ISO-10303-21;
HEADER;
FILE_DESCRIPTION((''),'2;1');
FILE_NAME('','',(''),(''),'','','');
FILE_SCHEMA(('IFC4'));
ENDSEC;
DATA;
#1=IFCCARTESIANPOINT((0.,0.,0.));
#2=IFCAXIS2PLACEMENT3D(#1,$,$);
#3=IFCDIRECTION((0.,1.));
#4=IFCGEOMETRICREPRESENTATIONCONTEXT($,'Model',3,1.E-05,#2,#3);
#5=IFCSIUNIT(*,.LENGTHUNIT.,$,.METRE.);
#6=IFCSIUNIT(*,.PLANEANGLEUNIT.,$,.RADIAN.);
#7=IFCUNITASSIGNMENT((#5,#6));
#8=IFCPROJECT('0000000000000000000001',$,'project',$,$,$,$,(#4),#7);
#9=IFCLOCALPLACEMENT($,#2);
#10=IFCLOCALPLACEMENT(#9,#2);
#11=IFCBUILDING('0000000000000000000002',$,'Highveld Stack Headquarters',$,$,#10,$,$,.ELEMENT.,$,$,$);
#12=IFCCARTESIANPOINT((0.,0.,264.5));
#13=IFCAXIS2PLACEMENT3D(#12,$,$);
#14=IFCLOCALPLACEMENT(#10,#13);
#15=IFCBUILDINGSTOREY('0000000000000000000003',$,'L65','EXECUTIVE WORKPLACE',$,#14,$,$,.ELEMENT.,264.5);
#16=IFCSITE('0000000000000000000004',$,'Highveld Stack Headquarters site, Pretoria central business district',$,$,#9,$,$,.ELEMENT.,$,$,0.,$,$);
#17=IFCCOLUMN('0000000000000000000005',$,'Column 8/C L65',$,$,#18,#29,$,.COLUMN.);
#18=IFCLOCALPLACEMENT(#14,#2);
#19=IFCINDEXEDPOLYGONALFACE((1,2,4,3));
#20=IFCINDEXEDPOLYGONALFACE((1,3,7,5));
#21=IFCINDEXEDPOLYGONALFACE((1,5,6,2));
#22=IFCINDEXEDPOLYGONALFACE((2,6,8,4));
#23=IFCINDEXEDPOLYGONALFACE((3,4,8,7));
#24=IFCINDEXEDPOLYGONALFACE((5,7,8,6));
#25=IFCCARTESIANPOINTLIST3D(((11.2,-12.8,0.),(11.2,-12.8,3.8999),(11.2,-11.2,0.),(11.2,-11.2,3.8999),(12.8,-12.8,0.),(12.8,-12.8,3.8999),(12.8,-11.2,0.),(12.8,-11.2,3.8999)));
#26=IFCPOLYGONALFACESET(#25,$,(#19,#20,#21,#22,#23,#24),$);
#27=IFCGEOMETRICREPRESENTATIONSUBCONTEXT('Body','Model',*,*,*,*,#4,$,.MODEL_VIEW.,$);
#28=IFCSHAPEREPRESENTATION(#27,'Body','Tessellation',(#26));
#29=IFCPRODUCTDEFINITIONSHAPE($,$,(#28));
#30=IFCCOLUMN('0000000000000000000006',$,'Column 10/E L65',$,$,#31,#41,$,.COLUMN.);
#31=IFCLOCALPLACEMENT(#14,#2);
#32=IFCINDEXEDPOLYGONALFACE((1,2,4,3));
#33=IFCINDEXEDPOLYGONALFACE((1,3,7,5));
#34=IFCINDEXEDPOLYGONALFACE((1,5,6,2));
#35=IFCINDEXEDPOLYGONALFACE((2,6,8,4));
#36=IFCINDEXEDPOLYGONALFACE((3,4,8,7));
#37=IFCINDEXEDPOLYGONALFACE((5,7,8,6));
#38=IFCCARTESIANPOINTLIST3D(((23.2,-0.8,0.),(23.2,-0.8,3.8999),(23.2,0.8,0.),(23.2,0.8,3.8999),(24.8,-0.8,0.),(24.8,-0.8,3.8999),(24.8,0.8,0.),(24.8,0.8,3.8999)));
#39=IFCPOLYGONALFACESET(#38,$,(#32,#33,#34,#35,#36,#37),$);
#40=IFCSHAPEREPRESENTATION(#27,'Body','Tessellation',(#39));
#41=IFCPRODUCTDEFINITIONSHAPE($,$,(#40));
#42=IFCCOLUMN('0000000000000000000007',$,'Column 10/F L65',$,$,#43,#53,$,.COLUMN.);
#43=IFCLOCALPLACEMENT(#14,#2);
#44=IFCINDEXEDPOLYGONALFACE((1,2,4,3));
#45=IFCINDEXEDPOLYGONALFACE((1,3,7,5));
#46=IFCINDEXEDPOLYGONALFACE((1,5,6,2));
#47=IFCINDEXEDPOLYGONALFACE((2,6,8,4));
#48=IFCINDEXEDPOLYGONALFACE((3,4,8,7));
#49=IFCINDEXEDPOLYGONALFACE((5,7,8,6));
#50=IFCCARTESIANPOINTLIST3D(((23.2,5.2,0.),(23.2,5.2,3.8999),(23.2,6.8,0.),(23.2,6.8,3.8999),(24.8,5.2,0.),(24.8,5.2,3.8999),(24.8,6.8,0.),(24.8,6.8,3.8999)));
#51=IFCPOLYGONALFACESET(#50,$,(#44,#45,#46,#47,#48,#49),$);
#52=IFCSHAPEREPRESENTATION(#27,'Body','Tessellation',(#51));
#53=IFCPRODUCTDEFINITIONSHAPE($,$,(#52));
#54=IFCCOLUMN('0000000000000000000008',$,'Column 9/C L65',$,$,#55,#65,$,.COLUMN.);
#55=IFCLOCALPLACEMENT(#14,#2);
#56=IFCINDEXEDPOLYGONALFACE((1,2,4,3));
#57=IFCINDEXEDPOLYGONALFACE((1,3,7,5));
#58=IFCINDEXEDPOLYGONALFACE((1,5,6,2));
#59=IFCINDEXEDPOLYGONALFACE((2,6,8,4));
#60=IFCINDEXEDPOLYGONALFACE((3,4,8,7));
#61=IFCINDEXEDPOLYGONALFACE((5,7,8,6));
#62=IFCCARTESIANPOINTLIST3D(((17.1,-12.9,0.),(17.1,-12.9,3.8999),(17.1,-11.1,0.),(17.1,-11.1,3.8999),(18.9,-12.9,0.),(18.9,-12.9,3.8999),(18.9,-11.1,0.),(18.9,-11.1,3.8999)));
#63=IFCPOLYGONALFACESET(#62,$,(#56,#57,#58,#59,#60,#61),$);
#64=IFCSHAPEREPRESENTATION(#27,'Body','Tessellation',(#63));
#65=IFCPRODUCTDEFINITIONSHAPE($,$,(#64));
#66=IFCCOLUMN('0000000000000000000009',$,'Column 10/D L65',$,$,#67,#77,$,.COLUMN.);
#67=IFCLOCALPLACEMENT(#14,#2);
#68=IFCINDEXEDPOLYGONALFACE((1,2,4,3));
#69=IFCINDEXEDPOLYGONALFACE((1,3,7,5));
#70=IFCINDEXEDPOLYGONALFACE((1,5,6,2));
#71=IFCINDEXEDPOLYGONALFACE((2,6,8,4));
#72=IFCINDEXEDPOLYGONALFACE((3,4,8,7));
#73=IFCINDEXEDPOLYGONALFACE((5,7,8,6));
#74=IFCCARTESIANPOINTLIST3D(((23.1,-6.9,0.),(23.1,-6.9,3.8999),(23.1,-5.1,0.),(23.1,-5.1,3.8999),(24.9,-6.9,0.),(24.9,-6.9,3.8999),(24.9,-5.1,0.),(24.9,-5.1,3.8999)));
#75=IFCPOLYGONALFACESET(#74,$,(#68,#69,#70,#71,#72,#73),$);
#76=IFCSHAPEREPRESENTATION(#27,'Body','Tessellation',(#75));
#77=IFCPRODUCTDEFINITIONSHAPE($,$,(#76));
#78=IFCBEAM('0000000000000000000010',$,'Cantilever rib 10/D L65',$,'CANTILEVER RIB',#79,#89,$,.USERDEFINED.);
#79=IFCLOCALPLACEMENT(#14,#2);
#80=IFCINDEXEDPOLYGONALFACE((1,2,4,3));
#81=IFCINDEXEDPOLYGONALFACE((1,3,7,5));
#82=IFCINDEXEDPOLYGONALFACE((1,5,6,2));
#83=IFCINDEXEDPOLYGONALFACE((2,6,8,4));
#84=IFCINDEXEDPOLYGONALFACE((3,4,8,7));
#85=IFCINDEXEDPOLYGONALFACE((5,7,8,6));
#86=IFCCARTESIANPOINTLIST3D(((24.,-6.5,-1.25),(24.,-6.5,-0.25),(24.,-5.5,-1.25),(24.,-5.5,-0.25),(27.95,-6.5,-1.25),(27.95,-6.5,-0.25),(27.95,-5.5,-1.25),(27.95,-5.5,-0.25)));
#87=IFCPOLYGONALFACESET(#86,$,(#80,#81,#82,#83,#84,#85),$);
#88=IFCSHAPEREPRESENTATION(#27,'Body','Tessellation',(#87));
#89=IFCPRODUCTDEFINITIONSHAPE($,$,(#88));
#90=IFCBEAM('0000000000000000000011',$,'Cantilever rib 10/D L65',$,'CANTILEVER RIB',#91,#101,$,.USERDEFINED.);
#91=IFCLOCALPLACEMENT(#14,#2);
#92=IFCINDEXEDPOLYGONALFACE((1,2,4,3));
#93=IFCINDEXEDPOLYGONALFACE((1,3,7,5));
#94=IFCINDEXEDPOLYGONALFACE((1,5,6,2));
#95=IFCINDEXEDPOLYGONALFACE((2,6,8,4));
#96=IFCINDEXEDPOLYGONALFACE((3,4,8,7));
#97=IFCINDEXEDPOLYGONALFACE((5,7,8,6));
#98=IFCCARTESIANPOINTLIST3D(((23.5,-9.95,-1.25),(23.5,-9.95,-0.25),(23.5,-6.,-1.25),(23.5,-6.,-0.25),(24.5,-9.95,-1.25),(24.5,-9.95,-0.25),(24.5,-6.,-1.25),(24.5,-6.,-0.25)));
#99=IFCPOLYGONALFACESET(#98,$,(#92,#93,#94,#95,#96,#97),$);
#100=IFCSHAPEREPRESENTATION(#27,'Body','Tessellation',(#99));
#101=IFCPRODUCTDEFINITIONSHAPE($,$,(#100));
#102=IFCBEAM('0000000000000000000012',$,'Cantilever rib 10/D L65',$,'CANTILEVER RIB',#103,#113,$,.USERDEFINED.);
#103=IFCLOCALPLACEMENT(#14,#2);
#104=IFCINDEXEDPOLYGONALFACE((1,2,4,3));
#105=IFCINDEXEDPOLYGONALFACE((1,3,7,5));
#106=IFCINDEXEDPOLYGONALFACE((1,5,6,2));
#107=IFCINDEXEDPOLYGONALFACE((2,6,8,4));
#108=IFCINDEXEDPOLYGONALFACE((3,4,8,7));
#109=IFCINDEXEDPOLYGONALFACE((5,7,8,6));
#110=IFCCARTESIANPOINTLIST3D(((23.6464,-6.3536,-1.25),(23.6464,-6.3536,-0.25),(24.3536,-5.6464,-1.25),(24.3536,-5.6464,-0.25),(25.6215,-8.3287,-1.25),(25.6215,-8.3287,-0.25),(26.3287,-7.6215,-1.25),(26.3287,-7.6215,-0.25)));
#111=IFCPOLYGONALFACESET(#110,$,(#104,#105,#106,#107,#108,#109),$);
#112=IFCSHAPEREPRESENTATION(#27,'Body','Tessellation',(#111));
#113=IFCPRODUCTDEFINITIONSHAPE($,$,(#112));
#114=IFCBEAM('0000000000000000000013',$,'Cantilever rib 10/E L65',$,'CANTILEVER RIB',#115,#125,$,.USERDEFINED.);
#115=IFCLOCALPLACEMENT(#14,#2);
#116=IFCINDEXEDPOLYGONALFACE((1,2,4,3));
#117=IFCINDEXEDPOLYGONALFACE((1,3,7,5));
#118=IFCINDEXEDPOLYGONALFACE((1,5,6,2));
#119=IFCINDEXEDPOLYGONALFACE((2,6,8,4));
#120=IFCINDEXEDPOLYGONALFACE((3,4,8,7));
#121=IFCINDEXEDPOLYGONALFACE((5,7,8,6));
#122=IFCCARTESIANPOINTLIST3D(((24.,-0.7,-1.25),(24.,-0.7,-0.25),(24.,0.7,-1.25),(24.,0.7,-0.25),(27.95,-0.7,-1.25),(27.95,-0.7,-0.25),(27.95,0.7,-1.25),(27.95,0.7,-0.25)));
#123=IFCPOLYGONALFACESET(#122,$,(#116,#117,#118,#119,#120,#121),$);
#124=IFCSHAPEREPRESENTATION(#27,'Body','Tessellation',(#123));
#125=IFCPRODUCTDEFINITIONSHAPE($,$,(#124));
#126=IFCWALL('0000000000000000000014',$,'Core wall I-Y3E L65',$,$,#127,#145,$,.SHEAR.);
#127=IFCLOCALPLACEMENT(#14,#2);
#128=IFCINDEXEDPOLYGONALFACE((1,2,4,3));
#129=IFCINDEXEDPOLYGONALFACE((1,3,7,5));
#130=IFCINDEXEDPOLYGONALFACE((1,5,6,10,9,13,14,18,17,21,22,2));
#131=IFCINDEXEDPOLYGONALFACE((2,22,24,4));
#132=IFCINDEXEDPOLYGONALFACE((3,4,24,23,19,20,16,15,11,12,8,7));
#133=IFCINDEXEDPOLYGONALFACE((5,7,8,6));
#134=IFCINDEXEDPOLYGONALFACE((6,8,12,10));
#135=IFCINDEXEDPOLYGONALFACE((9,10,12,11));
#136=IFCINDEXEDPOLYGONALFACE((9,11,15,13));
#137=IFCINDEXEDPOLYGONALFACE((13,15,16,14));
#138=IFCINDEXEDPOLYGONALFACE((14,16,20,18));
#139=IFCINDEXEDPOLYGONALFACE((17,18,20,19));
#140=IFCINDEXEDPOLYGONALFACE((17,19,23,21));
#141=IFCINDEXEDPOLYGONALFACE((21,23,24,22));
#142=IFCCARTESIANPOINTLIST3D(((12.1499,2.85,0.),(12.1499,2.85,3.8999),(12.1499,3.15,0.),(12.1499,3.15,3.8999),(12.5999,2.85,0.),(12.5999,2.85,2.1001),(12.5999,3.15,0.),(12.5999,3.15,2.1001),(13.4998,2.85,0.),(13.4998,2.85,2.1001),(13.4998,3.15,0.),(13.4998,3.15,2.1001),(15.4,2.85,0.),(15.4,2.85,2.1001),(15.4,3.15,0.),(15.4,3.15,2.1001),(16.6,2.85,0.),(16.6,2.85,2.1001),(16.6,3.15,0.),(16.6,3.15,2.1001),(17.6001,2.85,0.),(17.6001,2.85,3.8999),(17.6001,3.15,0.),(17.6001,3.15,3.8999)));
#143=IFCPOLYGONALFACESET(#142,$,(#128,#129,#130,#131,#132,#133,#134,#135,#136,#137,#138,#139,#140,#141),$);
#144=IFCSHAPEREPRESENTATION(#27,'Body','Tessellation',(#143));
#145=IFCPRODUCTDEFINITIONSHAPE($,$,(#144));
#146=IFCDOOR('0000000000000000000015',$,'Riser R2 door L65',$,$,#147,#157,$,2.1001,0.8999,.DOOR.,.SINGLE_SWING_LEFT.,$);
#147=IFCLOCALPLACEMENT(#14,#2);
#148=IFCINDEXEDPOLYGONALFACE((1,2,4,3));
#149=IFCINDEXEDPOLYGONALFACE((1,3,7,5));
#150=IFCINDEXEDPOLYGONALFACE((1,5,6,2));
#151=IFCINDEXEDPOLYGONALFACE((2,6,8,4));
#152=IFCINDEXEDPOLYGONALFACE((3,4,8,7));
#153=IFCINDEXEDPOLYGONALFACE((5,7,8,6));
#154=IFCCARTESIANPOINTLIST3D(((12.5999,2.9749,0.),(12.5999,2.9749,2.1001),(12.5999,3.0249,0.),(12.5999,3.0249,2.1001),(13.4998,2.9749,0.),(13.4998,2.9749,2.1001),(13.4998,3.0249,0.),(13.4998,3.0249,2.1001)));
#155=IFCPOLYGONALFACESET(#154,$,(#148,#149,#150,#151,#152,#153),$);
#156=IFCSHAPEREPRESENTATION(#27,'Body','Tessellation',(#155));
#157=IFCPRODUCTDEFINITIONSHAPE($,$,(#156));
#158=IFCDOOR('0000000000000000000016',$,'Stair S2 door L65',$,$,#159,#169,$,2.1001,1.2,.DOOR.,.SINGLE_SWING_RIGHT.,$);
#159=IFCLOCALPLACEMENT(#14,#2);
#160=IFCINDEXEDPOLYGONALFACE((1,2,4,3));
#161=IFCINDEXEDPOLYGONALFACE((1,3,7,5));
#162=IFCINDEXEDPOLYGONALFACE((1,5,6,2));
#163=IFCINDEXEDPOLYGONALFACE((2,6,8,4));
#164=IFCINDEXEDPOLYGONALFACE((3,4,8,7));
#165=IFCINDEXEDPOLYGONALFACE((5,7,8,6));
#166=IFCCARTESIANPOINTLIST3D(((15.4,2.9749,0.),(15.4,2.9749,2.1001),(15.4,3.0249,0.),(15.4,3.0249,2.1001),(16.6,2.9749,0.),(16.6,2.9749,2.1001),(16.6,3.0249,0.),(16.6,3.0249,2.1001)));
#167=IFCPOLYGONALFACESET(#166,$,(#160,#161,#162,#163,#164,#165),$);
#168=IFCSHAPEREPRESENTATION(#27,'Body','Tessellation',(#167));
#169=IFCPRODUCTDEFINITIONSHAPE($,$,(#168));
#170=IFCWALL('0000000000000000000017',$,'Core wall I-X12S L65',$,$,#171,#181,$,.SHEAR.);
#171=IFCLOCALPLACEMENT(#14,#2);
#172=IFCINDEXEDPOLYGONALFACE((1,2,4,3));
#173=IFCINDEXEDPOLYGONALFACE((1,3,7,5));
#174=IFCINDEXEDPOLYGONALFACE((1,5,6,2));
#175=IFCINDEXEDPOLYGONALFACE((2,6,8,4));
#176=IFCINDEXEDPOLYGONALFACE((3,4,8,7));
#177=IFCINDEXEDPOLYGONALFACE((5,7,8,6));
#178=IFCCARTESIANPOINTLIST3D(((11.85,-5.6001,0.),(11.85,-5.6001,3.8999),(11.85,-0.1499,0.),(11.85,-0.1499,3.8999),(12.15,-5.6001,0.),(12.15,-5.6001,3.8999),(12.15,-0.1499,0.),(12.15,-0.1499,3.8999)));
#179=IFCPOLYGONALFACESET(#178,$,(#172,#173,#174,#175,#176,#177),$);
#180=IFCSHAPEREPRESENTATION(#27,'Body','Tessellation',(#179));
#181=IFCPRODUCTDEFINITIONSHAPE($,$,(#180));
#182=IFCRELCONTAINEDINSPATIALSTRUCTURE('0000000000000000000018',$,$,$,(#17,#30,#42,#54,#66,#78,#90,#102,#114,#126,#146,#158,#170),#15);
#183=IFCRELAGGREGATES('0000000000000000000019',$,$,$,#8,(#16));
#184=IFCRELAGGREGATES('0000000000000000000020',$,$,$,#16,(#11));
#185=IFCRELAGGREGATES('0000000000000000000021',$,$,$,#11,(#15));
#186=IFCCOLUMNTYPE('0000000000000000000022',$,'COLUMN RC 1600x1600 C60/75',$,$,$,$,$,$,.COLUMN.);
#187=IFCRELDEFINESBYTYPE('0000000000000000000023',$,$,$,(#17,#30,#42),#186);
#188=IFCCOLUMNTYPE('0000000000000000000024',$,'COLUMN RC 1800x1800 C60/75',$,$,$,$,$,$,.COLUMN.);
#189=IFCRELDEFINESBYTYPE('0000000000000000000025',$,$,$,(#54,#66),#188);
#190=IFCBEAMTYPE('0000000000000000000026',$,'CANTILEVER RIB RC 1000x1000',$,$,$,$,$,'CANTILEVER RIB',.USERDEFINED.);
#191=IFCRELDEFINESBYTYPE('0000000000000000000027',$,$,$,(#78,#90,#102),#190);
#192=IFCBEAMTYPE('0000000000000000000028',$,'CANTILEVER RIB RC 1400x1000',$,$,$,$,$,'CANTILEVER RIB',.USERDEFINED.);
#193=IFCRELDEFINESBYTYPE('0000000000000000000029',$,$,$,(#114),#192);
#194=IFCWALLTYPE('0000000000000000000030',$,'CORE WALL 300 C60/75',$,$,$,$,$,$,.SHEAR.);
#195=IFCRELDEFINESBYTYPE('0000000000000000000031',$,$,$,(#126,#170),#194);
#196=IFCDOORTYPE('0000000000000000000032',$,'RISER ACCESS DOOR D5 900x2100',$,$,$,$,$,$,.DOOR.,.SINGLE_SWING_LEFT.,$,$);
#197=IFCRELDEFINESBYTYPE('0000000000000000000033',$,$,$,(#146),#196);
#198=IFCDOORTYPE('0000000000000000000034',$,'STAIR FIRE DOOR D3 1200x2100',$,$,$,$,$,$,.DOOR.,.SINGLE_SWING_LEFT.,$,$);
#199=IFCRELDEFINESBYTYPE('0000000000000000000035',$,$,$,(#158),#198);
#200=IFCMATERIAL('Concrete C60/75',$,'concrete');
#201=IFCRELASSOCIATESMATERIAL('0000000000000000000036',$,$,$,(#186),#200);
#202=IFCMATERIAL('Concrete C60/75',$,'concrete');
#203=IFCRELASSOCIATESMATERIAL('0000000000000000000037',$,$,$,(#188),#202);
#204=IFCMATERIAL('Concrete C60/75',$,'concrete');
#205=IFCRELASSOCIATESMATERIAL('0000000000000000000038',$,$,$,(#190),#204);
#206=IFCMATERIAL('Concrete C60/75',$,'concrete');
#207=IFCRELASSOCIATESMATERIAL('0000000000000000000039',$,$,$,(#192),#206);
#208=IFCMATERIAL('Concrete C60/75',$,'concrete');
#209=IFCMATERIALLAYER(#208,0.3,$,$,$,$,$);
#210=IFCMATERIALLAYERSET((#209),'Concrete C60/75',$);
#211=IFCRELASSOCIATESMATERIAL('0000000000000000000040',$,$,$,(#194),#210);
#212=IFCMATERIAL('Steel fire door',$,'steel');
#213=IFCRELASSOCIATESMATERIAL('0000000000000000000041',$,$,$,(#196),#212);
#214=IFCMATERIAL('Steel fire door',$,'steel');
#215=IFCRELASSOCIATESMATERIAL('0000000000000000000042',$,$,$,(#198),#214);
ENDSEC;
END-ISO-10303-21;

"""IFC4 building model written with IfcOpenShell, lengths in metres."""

from ifc_helpers import new_model, si_unit, direction, frame, frame_2d, origin, origin_2d, place, context, subcontext, project, spatial, rectangle, extrude, material, layer, layer_set, material_profile, profile_set, type_object, element, fill, save


model = new_model("IFC4")

# Units and contexts
model_context = context("Model", 3, precision=1e-05, world=origin(), true_north=direction((0.0, 1.0)))
body_context = subcontext(model_context, "Body", "Model", "MODEL_VIEW")
ifc_project = project(units=[si_unit("LENGTHUNIT", "METRE"), si_unit("PLANEANGLEUNIT", "RADIAN")], contexts=[model_context])

# Site, building, storey
site_placement = place(None, origin())
site = spatial("IfcSite", under=ifc_project, at=site_placement, Name="Highveld Stack Headquarters site, Pretoria central business district", CompositionType="ELEMENT", RefElevation=0.0)
building_placement = place(site_placement, origin())
building = spatial("IfcBuilding", under=site, at=building_placement, Name="Highveld Stack Headquarters", CompositionType="ELEMENT")
storey_placement = place(building_placement, frame((0.0, 0.0, 264.5)))
storey = spatial("IfcBuildingStorey", under=building, at=storey_placement, Name="L65", Description="EXECUTIVE WORKPLACE", CompositionType="ELEMENT", Elevation=264.5)

# Columns
ifc_material_1 = material(Name="Concrete C60/75", Category="concrete")
ifc_material_profile_1 = material_profile(ifc_material_1, rectangle(XDim=1.6001, YDim=1.6001, at=origin_2d()), Name="RC 1600x1600")
ifc_profile_set_1 = profile_set([ifc_material_profile_1], Name="Concrete C60/75")
column_type_1 = type_object("IfcColumnType", Name="COLUMN RC 1600x1600 C60/75", PredefinedType="COLUMN", material=ifc_profile_set_1)
for number, where, z_axis, x_axis, name in (
    (1, (12.0, -12.0, 0.0), (0.0, 0.0, 1.0), (1.0, 0.0, 0.0), "Column 8/C L65"),
    (2, (24.0, 0.0, 0.0), (0.0, 0.0, 1.0), (1.0, 0.0, 0.0), "Column 10/E L65"),
    (3, (24.0, 6.0, 0.0), (0.0, 0.0, 1.0), (1.0, 0.0, 0.0), "Column 10/F L65"),
):
    element("IfcColumn", number, at=place(storey_placement, frame(where, z_axis=z_axis, x_axis=x_axis)), inside=storey, type_object=column_type_1, Name=name, PredefinedType="COLUMN", context=body_context, shape_type="SweptSolid", body=[
        extrude(rectangle(XDim=1.6001, YDim=1.6001, at=origin_2d()), origin(), (0.0, 0.0, 1.0), 3.8999),
    ])
ifc_material_2 = material(Name="Concrete C60/75", Category="concrete")
ifc_material_profile_2 = material_profile(ifc_material_2, rectangle(XDim=1.8, YDim=1.8, at=origin_2d()), Name="RC 1800x1800")
ifc_profile_set_2 = profile_set([ifc_material_profile_2], Name="Concrete C60/75")
column_type_2 = type_object("IfcColumnType", Name="COLUMN RC 1800x1800 C60/75", PredefinedType="COLUMN", material=ifc_profile_set_2)
for number, where, z_axis, x_axis, name in (
    (4, (18.0, -12.0, 0.0), (0.0, 0.0, 1.0), (1.0, 0.0, 0.0), "Column 9/C L65"),
    (5, (24.0, -6.0, 0.0), (0.0, 0.0, 1.0), (1.0, 0.0, 0.0), "Column 10/D L65"),
):
    element("IfcColumn", number, at=place(storey_placement, frame(where, z_axis=z_axis, x_axis=x_axis)), inside=storey, type_object=column_type_2, Name=name, PredefinedType="COLUMN", context=body_context, shape_type="SweptSolid", body=[
        extrude(rectangle(XDim=1.8, YDim=1.8, at=origin_2d()), origin(), (0.0, 0.0, 1.0), 3.8999),
    ])

# Beams
ifc_material_3 = material(Name="Concrete C60/75", Category="concrete")
ifc_material_profile_3 = material_profile(ifc_material_3, rectangle(XDim=1.0, YDim=1.0, at=origin_2d()), Name="RC 1000x1000")
ifc_profile_set_3 = profile_set([ifc_material_profile_3], Name="Concrete C60/75")
beam_type_1 = type_object("IfcBeamType", Name="CANTILEVER RIB RC 1000x1000", ElementType="CANTILEVER RIB", PredefinedType="USERDEFINED", material=ifc_profile_set_3)
for number, where, z_axis, x_axis, name in (
    (6, (24.0, -6.0, -0.75), (1.0, 0.0, 0.0), (0.0, 1.0, 0.0), "Cantilever rib 10/D L65"),
    (7, (24.0, -6.0, -0.75), (0.0, -1.0, 0.0), (1.0, 0.0, 0.0), "Cantilever rib 10/D L65"),
):
    element("IfcBeam", number, at=place(storey_placement, frame(where, z_axis=z_axis, x_axis=x_axis)), inside=storey, type_object=beam_type_1, Name=name, ObjectType="CANTILEVER RIB", PredefinedType="USERDEFINED", context=body_context, shape_type="SweptSolid", body=[
        extrude(rectangle(XDim=1.0, YDim=1.0, at=origin_2d()), origin(), (0.0, 0.0, 1.0), 3.95),
    ])
beam_1_placement = place(storey_placement, frame((24.0, -6.0, -0.75), z_axis=(0.707107, -0.707107, 0.0), x_axis=(0.707107, 0.707107, 0.0)))
element("IfcBeam", 8, at=beam_1_placement, inside=storey, type_object=beam_type_1, Name="Cantilever rib 10/D L65", ObjectType="CANTILEVER RIB", PredefinedType="USERDEFINED", context=body_context, shape_type="SweptSolid", body=[
    extrude(rectangle(XDim=1.0, YDim=1.0, at=origin_2d()), origin(), (0.0, 0.0, 1.0), 2.7932),
])
ifc_material_4 = material(Name="Concrete C60/75", Category="concrete")
ifc_material_profile_4 = material_profile(ifc_material_4, rectangle(XDim=1.3999, YDim=1.0, at=origin_2d()), Name="RC 1400x1000")
ifc_profile_set_4 = profile_set([ifc_material_profile_4], Name="Concrete C60/75")
beam_type_2 = type_object("IfcBeamType", Name="CANTILEVER RIB RC 1400x1000", ElementType="CANTILEVER RIB", PredefinedType="USERDEFINED", material=ifc_profile_set_4)
beam_2_placement = place(storey_placement, frame((24.0, 0.0, -0.75), z_axis=(1.0, 0.0, 0.0), x_axis=(0.0, 1.0, 0.0)))
element("IfcBeam", 9, at=beam_2_placement, inside=storey, type_object=beam_type_2, Name="Cantilever rib 10/E L65", ObjectType="CANTILEVER RIB", PredefinedType="USERDEFINED", context=body_context, shape_type="SweptSolid", body=[
    extrude(rectangle(XDim=1.3999, YDim=1.0, at=origin_2d()), origin(), (0.0, 0.0, 1.0), 3.95),
])

# Wall, openings, doors
ifc_material_5 = material(Name="Concrete C60/75", Category="concrete")
ifc_layer_1 = layer(ifc_material_5, 0.3)
ifc_layer_set_1 = layer_set([ifc_layer_1], Name="Concrete C60/75")
wall_type_1 = type_object("IfcWallType", Name="CORE WALL 300 C60/75", PredefinedType="SHEAR", material=ifc_layer_set_1)
wall_1_placement = place(storey_placement, frame((12.1499, 3.0, 0.0), z_axis=(0.0, 0.0, 1.0), x_axis=(1.0, 0.0, 0.0)))
wall_1 = element("IfcWall", 10, at=wall_1_placement, inside=storey, type_object=wall_type_1, Name="Core wall I-Y3E L65", PredefinedType="SHEAR", context=body_context, shape_type="SweptSolid", body=[
    extrude(rectangle(XDim=5.4502, YDim=0.3, at=frame_2d((2.7251, 0.0))), origin(), (0.0, 0.0, 1.0), 3.8999),
])
opening_1_placement = place(wall_1_placement, frame((3.25, 0.0, 0.0)))
opening_1 = element("IfcOpeningElement", 11, at=opening_1_placement, cuts=wall_1, PredefinedType="OPENING", context=body_context, shape_type="SweptSolid", body=[
    extrude(rectangle(XDim=1.2, YDim=2.1001, at=frame_2d((0.6001, 1.05))), frame((0.0, 0.1599, 0.0), z_axis=(0.0, -1.0, 0.0), x_axis=(1.0, 0.0, 0.0)), (0.0, 0.0, 1.0), 0.3201),
])
opening_2_placement = place(wall_1_placement, frame((0.45, 0.0, 0.0)))
opening_2 = element("IfcOpeningElement", 12, at=opening_2_placement, cuts=wall_1, PredefinedType="OPENING", context=body_context, shape_type="SweptSolid", body=[
    extrude(rectangle(XDim=0.8999, YDim=2.1001, at=frame_2d((0.45, 1.05))), frame((0.0, 0.1599, 0.0), z_axis=(0.0, -1.0, 0.0), x_axis=(1.0, 0.0, 0.0)), (0.0, 0.0, 1.0), 0.3201),
])
ifc_material_6 = material(Name="Steel fire door", Category="steel")
door_type_1 = type_object("IfcDoorType", Name="RISER ACCESS DOOR D5 900x2100", OperationType="SINGLE_SWING_LEFT", PredefinedType="DOOR", material=ifc_material_6)
door_1_placement = place(opening_2_placement, origin())
door_1 = element("IfcDoor", 13, at=door_1_placement, inside=storey, type_object=door_type_1, Name="Riser R2 door L65", OperationType="SINGLE_SWING_LEFT", OverallHeight=2.1001, OverallWidth=0.8999, PredefinedType="DOOR", context=body_context, shape_type="SweptSolid", body=[
    extrude(rectangle(XDim=0.8999, YDim=2.1001, at=frame_2d((0.45, 1.05))), frame((0.0, 0.0249, 0.0), z_axis=(0.0, -1.0, 0.0), x_axis=(1.0, 0.0, 0.0)), (0.0, 0.0, 1.0), 0.05),
])
fill(opening_2, door_1)
ifc_material_7 = material(Name="Steel fire door", Category="steel")
door_type_2 = type_object("IfcDoorType", Name="STAIR FIRE DOOR D3 1200x2100", OperationType="SINGLE_SWING_LEFT", PredefinedType="DOOR", material=ifc_material_7)
door_2_placement = place(opening_1_placement, origin())
door_2 = element("IfcDoor", 14, at=door_2_placement, inside=storey, type_object=door_type_2, Name="Stair S2 door L65", OperationType="SINGLE_SWING_RIGHT", OverallHeight=2.1001, OverallWidth=1.2, PredefinedType="DOOR", context=body_context, shape_type="SweptSolid", body=[
    extrude(rectangle(XDim=1.2, YDim=2.1001, at=frame_2d((0.6001, 1.05))), frame((0.0, 0.0249, 0.0), z_axis=(0.0, -1.0, 0.0), x_axis=(1.0, 0.0, 0.0)), (0.0, 0.0, 1.0), 0.05),
])
fill(opening_1, door_2)

# Wall
wall_2_placement = place(storey_placement, frame((12.0, -5.6001, 0.0), z_axis=(0.0, 0.0, 1.0), x_axis=(0.0, 1.0, 0.0)))
element("IfcWall", 15, at=wall_2_placement, inside=storey, type_object=wall_type_1, Name="Core wall I-X12S L65", PredefinedType="SHEAR", context=body_context, shape_type="SweptSolid", body=[
    extrude(rectangle(XDim=5.4502, YDim=0.3, at=frame_2d((2.7251, 0.0))), origin(), (0.0, 0.0, 1.0), 3.8999),
])

save(model, "model.ifc")
